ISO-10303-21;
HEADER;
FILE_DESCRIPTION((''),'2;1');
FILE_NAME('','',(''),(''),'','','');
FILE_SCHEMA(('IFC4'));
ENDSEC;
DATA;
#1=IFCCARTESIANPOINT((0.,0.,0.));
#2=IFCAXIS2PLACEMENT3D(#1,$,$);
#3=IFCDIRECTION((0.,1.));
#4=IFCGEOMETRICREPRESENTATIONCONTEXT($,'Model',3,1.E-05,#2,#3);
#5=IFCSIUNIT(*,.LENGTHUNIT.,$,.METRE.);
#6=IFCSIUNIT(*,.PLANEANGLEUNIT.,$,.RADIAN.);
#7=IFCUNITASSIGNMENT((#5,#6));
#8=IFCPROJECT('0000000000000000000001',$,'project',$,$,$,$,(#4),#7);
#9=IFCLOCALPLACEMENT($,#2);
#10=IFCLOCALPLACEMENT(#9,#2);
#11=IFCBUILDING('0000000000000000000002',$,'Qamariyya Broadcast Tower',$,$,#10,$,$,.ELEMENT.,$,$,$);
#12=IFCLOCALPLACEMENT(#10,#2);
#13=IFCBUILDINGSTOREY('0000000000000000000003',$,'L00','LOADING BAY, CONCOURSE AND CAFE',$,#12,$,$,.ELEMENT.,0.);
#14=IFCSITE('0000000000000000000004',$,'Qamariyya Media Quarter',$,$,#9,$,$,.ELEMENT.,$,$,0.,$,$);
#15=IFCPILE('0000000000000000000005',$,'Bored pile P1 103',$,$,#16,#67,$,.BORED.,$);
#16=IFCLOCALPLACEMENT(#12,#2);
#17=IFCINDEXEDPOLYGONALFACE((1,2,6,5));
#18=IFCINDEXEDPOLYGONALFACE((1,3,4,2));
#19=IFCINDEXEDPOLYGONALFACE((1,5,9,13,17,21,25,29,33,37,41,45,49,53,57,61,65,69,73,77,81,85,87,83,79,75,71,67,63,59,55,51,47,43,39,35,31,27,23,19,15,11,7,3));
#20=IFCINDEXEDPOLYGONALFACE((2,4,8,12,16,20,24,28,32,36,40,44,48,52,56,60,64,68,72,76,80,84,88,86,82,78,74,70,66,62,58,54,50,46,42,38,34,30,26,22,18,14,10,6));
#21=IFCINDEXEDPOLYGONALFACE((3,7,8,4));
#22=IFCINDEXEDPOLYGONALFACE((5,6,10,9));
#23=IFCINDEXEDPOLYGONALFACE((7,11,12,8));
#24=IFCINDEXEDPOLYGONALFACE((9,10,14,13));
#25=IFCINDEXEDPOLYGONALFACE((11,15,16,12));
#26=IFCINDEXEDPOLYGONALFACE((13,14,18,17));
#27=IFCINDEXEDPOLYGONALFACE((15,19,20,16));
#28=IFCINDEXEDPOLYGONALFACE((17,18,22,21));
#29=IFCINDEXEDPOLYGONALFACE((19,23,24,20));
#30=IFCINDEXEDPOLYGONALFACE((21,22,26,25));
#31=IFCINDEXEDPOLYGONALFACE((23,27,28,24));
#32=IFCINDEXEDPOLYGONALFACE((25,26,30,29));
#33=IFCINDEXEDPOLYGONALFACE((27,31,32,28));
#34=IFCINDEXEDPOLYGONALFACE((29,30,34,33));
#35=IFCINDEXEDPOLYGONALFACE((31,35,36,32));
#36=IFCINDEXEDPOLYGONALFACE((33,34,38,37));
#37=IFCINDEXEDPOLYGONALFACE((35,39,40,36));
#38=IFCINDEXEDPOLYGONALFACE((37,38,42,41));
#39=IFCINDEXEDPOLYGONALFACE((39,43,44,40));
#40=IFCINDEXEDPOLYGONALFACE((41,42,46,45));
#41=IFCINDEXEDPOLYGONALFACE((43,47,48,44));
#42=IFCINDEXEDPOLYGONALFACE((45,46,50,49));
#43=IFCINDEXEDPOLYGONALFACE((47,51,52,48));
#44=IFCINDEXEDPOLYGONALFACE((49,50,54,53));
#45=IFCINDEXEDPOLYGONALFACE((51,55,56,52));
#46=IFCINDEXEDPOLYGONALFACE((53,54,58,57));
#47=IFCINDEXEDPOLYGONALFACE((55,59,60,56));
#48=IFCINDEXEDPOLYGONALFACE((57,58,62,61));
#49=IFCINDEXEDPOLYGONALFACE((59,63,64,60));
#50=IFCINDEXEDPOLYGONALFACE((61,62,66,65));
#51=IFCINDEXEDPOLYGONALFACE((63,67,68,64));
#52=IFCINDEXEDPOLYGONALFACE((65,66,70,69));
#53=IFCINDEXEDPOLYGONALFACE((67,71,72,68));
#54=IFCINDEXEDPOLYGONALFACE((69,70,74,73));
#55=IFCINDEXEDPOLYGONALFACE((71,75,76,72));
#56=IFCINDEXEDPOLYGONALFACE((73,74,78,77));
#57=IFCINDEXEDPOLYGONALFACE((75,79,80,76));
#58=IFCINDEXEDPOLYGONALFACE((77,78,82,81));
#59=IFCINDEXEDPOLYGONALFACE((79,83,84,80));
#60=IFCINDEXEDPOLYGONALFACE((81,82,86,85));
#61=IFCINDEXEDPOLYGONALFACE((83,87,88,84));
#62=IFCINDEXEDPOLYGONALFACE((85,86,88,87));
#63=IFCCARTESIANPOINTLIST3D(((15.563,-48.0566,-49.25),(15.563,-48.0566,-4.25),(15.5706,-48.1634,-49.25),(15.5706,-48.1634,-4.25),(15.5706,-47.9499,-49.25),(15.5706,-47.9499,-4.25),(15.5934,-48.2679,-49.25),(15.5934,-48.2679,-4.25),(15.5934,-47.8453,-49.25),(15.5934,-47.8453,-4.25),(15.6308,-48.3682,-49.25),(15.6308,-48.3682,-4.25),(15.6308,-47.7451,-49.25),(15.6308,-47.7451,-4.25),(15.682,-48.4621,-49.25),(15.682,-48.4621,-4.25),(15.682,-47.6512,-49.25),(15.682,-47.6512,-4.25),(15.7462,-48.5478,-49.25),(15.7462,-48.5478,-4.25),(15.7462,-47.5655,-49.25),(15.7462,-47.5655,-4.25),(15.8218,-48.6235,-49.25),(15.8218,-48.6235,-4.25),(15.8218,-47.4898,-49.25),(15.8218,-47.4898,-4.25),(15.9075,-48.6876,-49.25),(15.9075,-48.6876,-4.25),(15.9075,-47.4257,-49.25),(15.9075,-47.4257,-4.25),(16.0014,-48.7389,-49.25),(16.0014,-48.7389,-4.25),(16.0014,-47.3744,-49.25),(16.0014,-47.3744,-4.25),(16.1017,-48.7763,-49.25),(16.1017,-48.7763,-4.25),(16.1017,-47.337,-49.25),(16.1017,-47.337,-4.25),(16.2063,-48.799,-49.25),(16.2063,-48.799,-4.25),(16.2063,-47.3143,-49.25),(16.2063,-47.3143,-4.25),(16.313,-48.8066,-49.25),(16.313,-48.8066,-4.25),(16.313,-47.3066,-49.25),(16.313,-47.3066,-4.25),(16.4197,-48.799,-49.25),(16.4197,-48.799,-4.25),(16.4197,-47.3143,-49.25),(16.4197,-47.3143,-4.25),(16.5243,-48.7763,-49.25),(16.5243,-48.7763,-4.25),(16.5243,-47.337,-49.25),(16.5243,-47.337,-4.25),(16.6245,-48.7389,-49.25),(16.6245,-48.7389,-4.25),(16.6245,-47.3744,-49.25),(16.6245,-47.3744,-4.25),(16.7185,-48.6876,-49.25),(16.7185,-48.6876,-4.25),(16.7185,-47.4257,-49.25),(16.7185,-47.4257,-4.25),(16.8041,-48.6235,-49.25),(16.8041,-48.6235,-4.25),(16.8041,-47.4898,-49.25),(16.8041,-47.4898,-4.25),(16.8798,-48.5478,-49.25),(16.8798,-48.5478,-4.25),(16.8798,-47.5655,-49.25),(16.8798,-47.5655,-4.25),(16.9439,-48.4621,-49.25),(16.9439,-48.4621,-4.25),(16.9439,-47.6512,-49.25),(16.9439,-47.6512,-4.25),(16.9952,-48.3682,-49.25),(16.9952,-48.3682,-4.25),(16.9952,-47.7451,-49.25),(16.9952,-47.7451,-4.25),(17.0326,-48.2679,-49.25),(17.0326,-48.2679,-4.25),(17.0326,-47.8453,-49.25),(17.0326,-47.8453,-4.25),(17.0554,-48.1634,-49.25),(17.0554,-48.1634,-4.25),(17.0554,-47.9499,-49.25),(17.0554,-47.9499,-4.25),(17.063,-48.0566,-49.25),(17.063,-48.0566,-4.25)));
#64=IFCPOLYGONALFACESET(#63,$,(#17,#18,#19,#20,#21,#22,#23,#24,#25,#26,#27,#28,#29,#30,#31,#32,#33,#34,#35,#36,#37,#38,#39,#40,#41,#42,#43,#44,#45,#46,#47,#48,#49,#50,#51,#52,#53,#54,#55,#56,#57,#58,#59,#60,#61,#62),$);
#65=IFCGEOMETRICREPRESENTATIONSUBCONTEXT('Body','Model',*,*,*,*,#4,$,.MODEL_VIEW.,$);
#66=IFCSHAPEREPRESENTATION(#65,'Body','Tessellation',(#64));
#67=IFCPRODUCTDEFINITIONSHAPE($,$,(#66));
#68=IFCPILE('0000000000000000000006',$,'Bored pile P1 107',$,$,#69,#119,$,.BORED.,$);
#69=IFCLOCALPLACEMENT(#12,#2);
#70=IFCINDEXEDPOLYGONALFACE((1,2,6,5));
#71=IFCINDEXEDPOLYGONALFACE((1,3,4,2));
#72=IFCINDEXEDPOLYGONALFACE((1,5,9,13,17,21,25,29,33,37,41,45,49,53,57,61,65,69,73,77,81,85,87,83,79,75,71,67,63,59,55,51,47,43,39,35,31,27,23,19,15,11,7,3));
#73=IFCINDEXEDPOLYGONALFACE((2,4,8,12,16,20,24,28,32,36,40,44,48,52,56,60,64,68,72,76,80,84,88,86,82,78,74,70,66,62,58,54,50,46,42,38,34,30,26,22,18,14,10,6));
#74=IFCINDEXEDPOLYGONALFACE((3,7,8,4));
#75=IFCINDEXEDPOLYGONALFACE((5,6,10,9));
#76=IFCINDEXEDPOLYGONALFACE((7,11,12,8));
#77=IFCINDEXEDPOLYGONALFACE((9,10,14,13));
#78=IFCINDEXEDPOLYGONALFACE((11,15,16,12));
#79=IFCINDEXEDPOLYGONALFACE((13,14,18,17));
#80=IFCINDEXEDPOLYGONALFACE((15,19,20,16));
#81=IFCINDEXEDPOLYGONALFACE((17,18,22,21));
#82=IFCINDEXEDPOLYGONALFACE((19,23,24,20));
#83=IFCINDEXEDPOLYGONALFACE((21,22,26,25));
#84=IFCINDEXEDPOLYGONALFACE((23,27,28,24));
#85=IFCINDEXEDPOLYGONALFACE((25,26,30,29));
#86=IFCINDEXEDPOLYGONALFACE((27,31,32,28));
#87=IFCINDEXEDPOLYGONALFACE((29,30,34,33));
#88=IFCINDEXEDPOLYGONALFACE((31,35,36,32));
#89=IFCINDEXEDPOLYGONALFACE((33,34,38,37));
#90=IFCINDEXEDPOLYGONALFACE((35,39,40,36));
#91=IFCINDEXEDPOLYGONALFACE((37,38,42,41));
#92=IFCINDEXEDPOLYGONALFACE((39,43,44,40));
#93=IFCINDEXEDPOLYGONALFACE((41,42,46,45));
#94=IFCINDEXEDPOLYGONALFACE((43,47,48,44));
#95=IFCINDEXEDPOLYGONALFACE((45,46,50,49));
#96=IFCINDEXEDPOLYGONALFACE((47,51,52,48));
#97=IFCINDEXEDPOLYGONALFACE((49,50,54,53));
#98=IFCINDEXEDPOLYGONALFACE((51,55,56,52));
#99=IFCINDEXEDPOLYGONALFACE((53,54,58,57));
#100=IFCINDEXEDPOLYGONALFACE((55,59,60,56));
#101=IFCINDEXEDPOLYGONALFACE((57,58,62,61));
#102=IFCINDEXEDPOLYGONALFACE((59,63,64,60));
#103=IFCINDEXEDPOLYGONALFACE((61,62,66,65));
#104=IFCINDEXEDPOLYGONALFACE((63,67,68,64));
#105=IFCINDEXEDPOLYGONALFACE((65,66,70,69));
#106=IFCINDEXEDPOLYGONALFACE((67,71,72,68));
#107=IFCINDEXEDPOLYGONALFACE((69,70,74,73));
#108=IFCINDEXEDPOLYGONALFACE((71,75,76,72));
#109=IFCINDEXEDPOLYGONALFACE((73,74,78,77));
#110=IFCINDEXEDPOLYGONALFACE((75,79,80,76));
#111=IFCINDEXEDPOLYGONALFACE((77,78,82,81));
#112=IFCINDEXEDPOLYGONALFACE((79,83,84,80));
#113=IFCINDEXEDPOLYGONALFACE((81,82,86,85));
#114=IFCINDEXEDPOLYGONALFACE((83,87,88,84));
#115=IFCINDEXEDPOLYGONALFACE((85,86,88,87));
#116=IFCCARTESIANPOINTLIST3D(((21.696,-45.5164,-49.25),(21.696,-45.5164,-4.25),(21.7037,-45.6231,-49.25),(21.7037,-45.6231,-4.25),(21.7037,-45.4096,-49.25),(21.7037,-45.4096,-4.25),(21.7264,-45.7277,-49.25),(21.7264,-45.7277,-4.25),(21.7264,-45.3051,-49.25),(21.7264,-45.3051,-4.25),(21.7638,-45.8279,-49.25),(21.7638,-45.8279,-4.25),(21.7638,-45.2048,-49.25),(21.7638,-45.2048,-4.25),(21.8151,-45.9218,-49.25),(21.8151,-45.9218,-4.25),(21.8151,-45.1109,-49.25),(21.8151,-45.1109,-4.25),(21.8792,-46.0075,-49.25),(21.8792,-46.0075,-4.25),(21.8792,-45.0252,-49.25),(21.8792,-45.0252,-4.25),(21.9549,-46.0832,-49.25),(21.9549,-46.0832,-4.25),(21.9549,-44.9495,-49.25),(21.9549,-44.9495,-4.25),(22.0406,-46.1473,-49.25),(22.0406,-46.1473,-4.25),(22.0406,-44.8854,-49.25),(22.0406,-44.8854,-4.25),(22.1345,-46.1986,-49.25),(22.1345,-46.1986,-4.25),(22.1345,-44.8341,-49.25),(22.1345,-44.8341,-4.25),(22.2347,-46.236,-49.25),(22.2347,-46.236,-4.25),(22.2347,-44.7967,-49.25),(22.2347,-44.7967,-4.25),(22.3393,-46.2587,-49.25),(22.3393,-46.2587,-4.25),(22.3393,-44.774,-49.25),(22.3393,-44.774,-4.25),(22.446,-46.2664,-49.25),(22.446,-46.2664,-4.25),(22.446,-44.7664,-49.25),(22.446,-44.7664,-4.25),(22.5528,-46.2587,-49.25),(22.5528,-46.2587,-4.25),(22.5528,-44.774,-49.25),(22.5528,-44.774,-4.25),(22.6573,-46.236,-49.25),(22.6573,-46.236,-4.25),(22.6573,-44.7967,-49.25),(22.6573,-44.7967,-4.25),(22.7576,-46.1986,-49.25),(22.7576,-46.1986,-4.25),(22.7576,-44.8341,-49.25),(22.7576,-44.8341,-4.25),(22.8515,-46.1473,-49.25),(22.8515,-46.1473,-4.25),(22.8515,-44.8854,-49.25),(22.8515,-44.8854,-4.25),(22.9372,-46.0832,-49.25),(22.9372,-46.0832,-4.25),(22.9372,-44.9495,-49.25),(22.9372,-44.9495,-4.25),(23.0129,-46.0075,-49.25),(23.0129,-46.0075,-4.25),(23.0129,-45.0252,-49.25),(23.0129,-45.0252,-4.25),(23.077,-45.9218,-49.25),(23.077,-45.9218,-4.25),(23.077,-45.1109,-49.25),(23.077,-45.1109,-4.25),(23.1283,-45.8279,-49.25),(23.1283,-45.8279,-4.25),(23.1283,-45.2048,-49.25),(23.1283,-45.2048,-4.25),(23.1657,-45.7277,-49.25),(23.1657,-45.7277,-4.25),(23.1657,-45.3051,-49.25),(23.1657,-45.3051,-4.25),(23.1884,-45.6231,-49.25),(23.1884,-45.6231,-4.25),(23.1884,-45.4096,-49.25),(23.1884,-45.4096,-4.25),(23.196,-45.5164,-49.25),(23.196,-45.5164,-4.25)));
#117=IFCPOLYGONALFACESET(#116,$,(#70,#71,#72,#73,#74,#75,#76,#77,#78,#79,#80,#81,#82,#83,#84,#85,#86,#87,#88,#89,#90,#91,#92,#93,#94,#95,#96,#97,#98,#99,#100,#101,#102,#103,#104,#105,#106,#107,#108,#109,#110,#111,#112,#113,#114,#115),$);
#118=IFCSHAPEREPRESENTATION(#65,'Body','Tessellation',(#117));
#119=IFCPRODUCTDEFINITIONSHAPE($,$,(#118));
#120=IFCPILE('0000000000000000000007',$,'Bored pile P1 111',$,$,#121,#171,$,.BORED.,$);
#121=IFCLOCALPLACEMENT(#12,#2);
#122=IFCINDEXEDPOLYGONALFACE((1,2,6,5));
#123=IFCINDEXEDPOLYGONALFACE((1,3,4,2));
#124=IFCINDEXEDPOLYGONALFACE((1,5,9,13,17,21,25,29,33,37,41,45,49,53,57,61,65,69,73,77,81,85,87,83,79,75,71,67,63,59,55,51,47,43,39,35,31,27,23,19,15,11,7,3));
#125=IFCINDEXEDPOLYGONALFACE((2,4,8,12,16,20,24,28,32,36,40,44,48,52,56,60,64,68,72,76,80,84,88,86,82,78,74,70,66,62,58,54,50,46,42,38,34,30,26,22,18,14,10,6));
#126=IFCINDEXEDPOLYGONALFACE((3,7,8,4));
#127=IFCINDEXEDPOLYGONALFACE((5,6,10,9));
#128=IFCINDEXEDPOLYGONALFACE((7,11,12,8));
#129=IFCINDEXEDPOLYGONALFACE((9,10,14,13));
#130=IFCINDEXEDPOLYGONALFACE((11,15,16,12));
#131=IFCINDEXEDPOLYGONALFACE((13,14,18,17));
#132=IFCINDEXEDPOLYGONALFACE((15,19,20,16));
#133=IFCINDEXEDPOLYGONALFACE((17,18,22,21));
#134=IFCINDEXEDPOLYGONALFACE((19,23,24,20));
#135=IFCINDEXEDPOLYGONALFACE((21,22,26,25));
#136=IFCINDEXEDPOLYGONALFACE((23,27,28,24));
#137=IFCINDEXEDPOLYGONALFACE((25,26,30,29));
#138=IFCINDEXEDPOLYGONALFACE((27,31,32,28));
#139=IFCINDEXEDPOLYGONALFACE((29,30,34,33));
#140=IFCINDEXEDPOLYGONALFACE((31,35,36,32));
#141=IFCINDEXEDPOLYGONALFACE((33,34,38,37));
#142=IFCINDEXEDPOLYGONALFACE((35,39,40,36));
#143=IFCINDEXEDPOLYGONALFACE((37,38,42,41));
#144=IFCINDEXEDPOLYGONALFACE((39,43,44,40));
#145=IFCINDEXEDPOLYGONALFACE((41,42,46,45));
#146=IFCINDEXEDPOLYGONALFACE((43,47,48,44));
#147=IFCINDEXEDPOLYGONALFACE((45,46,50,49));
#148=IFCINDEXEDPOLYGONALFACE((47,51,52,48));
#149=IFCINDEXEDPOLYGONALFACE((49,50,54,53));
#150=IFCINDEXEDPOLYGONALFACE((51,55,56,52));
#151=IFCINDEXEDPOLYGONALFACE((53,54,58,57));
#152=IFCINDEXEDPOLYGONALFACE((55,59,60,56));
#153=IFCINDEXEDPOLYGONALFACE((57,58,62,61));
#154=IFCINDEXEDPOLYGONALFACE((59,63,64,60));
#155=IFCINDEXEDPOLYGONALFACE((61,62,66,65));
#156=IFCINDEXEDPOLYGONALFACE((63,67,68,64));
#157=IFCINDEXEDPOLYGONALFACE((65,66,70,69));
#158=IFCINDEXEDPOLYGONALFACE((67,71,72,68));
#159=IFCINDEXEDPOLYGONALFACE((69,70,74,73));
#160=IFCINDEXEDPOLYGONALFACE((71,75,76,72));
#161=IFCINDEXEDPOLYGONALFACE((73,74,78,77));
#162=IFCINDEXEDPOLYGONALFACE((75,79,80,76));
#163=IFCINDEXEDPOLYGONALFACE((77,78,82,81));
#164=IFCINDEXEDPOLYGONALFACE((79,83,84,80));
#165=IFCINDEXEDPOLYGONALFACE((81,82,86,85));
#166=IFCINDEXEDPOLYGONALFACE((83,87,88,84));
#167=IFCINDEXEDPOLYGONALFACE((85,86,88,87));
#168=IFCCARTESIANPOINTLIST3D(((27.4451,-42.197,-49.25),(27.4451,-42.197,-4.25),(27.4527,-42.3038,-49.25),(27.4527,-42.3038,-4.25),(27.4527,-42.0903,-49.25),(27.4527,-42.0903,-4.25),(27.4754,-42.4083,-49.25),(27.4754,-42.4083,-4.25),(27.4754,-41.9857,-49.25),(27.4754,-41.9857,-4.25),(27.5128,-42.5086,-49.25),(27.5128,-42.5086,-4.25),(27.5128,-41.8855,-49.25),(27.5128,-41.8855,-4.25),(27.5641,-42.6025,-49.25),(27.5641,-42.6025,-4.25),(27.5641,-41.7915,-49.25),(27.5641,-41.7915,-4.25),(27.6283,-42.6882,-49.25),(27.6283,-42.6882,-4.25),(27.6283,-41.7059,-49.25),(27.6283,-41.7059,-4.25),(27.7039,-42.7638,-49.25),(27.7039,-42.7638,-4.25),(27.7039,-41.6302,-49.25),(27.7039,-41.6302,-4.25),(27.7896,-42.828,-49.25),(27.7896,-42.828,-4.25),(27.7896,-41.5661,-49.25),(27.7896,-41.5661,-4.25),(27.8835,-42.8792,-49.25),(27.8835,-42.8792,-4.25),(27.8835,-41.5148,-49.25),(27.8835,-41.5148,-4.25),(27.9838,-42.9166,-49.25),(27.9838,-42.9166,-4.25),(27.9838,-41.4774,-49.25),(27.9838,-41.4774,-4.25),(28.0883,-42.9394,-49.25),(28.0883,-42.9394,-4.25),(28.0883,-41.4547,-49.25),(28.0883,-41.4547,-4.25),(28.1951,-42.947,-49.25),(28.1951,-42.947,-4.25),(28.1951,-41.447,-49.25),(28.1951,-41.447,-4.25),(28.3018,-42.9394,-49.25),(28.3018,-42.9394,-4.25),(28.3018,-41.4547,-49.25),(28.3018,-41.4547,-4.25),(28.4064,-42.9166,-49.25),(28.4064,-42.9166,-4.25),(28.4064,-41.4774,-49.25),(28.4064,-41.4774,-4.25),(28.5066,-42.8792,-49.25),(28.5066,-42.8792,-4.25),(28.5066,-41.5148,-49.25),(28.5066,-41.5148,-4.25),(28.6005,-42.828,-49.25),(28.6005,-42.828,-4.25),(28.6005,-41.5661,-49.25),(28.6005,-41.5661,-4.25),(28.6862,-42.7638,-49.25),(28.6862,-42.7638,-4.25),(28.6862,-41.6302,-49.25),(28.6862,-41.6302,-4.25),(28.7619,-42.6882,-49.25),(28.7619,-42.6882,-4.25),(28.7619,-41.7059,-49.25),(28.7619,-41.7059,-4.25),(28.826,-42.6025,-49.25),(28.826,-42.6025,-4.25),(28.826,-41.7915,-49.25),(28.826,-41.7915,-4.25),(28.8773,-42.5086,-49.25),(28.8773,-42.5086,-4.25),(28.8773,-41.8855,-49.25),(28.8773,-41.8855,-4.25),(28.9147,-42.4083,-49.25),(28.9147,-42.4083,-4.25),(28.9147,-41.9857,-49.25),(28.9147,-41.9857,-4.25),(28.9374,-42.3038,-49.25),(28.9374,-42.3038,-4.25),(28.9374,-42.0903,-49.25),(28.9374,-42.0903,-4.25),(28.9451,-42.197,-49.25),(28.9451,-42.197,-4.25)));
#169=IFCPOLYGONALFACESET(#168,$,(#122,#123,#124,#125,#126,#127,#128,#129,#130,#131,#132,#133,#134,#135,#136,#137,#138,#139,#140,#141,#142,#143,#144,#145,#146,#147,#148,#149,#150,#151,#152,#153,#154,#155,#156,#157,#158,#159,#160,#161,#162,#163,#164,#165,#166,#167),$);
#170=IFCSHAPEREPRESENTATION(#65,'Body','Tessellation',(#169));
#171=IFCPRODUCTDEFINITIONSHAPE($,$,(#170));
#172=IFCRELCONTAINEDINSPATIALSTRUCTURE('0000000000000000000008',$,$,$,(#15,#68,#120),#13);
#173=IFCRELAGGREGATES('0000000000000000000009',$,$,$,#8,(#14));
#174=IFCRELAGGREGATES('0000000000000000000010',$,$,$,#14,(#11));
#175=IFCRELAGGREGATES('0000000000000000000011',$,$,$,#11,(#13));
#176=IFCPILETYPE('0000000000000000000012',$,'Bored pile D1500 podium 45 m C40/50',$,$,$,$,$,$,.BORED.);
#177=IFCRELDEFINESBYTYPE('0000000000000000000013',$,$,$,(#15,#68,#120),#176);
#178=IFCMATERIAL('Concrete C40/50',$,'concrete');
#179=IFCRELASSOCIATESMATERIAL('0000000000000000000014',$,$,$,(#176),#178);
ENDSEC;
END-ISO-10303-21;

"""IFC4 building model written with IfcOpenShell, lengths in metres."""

from ifc_helpers import new_model, si_unit, direction, frame, origin, origin_2d, place, context, subcontext, project, spatial, circle, extrude, material, material_profile, profile_set, type_object, element, save


model = new_model("IFC4")

# Units and contexts
model_context = context("Model", 3, precision=1e-05, world=origin(), true_north=direction((0.0, 1.0)))
body_context = subcontext(model_context, "Body", "Model", "MODEL_VIEW")
ifc_project = project(units=[si_unit("LENGTHUNIT", "METRE"), si_unit("PLANEANGLEUNIT", "RADIAN")], contexts=[model_context])

# Site, building, storey
site_placement = place(None, origin())
site = spatial("IfcSite", under=ifc_project, at=site_placement, Name="Qamariyya Media Quarter", CompositionType="ELEMENT", RefElevation=0.0)
building_placement = place(site_placement, origin())
building = spatial("IfcBuilding", under=site, at=building_placement, Name="Qamariyya Broadcast Tower", CompositionType="ELEMENT")
storey_placement = place(building_placement, origin())
storey = spatial("IfcBuildingStorey", under=building, at=storey_placement, Name="L00", Description="LOADING BAY, CONCOURSE AND CAFE", CompositionType="ELEMENT", Elevation=0.0)

# Piles
ifc_material_1 = material(Name="Concrete C40/50", Category="concrete")
ifc_material_profile_1 = material_profile(ifc_material_1, circle(Radius=0.75, at=origin_2d()))
ifc_profile_set_1 = profile_set([ifc_material_profile_1], Name="Concrete C40/50")
pile_type_1 = type_object("IfcPileType", Name="Bored pile D1500 podium 45 m C40/50", PredefinedType="BORED", material=ifc_profile_set_1)
for number, where, z_axis, x_axis, name in (
    (1, (16.313, -48.0566, -4.25), (0.0, 0.0, -1.0), (1.0, 0.0, 0.0), "Bored pile P1 103"),
    (2, (22.446, -45.5164, -4.25), (0.0, 0.0, -1.0), (1.0, 0.0, 0.0), "Bored pile P1 107"),
    (3, (28.1951, -42.197, -4.25), (0.0, 0.0, -1.0), (1.0, 0.0, 0.0), "Bored pile P1 111"),
):
    element("IfcPile", number, at=place(storey_placement, frame(where, z_axis=z_axis, x_axis=x_axis)), inside=storey, type_object=pile_type_1, Name=name, PredefinedType="BORED", context=body_context, shape_type="SweptSolid", body=[
        extrude(circle(Radius=0.75, at=origin_2d()), origin(), (0.0, 0.0, 1.0), 45.0),
    ])

save(model, "model.ifc")
